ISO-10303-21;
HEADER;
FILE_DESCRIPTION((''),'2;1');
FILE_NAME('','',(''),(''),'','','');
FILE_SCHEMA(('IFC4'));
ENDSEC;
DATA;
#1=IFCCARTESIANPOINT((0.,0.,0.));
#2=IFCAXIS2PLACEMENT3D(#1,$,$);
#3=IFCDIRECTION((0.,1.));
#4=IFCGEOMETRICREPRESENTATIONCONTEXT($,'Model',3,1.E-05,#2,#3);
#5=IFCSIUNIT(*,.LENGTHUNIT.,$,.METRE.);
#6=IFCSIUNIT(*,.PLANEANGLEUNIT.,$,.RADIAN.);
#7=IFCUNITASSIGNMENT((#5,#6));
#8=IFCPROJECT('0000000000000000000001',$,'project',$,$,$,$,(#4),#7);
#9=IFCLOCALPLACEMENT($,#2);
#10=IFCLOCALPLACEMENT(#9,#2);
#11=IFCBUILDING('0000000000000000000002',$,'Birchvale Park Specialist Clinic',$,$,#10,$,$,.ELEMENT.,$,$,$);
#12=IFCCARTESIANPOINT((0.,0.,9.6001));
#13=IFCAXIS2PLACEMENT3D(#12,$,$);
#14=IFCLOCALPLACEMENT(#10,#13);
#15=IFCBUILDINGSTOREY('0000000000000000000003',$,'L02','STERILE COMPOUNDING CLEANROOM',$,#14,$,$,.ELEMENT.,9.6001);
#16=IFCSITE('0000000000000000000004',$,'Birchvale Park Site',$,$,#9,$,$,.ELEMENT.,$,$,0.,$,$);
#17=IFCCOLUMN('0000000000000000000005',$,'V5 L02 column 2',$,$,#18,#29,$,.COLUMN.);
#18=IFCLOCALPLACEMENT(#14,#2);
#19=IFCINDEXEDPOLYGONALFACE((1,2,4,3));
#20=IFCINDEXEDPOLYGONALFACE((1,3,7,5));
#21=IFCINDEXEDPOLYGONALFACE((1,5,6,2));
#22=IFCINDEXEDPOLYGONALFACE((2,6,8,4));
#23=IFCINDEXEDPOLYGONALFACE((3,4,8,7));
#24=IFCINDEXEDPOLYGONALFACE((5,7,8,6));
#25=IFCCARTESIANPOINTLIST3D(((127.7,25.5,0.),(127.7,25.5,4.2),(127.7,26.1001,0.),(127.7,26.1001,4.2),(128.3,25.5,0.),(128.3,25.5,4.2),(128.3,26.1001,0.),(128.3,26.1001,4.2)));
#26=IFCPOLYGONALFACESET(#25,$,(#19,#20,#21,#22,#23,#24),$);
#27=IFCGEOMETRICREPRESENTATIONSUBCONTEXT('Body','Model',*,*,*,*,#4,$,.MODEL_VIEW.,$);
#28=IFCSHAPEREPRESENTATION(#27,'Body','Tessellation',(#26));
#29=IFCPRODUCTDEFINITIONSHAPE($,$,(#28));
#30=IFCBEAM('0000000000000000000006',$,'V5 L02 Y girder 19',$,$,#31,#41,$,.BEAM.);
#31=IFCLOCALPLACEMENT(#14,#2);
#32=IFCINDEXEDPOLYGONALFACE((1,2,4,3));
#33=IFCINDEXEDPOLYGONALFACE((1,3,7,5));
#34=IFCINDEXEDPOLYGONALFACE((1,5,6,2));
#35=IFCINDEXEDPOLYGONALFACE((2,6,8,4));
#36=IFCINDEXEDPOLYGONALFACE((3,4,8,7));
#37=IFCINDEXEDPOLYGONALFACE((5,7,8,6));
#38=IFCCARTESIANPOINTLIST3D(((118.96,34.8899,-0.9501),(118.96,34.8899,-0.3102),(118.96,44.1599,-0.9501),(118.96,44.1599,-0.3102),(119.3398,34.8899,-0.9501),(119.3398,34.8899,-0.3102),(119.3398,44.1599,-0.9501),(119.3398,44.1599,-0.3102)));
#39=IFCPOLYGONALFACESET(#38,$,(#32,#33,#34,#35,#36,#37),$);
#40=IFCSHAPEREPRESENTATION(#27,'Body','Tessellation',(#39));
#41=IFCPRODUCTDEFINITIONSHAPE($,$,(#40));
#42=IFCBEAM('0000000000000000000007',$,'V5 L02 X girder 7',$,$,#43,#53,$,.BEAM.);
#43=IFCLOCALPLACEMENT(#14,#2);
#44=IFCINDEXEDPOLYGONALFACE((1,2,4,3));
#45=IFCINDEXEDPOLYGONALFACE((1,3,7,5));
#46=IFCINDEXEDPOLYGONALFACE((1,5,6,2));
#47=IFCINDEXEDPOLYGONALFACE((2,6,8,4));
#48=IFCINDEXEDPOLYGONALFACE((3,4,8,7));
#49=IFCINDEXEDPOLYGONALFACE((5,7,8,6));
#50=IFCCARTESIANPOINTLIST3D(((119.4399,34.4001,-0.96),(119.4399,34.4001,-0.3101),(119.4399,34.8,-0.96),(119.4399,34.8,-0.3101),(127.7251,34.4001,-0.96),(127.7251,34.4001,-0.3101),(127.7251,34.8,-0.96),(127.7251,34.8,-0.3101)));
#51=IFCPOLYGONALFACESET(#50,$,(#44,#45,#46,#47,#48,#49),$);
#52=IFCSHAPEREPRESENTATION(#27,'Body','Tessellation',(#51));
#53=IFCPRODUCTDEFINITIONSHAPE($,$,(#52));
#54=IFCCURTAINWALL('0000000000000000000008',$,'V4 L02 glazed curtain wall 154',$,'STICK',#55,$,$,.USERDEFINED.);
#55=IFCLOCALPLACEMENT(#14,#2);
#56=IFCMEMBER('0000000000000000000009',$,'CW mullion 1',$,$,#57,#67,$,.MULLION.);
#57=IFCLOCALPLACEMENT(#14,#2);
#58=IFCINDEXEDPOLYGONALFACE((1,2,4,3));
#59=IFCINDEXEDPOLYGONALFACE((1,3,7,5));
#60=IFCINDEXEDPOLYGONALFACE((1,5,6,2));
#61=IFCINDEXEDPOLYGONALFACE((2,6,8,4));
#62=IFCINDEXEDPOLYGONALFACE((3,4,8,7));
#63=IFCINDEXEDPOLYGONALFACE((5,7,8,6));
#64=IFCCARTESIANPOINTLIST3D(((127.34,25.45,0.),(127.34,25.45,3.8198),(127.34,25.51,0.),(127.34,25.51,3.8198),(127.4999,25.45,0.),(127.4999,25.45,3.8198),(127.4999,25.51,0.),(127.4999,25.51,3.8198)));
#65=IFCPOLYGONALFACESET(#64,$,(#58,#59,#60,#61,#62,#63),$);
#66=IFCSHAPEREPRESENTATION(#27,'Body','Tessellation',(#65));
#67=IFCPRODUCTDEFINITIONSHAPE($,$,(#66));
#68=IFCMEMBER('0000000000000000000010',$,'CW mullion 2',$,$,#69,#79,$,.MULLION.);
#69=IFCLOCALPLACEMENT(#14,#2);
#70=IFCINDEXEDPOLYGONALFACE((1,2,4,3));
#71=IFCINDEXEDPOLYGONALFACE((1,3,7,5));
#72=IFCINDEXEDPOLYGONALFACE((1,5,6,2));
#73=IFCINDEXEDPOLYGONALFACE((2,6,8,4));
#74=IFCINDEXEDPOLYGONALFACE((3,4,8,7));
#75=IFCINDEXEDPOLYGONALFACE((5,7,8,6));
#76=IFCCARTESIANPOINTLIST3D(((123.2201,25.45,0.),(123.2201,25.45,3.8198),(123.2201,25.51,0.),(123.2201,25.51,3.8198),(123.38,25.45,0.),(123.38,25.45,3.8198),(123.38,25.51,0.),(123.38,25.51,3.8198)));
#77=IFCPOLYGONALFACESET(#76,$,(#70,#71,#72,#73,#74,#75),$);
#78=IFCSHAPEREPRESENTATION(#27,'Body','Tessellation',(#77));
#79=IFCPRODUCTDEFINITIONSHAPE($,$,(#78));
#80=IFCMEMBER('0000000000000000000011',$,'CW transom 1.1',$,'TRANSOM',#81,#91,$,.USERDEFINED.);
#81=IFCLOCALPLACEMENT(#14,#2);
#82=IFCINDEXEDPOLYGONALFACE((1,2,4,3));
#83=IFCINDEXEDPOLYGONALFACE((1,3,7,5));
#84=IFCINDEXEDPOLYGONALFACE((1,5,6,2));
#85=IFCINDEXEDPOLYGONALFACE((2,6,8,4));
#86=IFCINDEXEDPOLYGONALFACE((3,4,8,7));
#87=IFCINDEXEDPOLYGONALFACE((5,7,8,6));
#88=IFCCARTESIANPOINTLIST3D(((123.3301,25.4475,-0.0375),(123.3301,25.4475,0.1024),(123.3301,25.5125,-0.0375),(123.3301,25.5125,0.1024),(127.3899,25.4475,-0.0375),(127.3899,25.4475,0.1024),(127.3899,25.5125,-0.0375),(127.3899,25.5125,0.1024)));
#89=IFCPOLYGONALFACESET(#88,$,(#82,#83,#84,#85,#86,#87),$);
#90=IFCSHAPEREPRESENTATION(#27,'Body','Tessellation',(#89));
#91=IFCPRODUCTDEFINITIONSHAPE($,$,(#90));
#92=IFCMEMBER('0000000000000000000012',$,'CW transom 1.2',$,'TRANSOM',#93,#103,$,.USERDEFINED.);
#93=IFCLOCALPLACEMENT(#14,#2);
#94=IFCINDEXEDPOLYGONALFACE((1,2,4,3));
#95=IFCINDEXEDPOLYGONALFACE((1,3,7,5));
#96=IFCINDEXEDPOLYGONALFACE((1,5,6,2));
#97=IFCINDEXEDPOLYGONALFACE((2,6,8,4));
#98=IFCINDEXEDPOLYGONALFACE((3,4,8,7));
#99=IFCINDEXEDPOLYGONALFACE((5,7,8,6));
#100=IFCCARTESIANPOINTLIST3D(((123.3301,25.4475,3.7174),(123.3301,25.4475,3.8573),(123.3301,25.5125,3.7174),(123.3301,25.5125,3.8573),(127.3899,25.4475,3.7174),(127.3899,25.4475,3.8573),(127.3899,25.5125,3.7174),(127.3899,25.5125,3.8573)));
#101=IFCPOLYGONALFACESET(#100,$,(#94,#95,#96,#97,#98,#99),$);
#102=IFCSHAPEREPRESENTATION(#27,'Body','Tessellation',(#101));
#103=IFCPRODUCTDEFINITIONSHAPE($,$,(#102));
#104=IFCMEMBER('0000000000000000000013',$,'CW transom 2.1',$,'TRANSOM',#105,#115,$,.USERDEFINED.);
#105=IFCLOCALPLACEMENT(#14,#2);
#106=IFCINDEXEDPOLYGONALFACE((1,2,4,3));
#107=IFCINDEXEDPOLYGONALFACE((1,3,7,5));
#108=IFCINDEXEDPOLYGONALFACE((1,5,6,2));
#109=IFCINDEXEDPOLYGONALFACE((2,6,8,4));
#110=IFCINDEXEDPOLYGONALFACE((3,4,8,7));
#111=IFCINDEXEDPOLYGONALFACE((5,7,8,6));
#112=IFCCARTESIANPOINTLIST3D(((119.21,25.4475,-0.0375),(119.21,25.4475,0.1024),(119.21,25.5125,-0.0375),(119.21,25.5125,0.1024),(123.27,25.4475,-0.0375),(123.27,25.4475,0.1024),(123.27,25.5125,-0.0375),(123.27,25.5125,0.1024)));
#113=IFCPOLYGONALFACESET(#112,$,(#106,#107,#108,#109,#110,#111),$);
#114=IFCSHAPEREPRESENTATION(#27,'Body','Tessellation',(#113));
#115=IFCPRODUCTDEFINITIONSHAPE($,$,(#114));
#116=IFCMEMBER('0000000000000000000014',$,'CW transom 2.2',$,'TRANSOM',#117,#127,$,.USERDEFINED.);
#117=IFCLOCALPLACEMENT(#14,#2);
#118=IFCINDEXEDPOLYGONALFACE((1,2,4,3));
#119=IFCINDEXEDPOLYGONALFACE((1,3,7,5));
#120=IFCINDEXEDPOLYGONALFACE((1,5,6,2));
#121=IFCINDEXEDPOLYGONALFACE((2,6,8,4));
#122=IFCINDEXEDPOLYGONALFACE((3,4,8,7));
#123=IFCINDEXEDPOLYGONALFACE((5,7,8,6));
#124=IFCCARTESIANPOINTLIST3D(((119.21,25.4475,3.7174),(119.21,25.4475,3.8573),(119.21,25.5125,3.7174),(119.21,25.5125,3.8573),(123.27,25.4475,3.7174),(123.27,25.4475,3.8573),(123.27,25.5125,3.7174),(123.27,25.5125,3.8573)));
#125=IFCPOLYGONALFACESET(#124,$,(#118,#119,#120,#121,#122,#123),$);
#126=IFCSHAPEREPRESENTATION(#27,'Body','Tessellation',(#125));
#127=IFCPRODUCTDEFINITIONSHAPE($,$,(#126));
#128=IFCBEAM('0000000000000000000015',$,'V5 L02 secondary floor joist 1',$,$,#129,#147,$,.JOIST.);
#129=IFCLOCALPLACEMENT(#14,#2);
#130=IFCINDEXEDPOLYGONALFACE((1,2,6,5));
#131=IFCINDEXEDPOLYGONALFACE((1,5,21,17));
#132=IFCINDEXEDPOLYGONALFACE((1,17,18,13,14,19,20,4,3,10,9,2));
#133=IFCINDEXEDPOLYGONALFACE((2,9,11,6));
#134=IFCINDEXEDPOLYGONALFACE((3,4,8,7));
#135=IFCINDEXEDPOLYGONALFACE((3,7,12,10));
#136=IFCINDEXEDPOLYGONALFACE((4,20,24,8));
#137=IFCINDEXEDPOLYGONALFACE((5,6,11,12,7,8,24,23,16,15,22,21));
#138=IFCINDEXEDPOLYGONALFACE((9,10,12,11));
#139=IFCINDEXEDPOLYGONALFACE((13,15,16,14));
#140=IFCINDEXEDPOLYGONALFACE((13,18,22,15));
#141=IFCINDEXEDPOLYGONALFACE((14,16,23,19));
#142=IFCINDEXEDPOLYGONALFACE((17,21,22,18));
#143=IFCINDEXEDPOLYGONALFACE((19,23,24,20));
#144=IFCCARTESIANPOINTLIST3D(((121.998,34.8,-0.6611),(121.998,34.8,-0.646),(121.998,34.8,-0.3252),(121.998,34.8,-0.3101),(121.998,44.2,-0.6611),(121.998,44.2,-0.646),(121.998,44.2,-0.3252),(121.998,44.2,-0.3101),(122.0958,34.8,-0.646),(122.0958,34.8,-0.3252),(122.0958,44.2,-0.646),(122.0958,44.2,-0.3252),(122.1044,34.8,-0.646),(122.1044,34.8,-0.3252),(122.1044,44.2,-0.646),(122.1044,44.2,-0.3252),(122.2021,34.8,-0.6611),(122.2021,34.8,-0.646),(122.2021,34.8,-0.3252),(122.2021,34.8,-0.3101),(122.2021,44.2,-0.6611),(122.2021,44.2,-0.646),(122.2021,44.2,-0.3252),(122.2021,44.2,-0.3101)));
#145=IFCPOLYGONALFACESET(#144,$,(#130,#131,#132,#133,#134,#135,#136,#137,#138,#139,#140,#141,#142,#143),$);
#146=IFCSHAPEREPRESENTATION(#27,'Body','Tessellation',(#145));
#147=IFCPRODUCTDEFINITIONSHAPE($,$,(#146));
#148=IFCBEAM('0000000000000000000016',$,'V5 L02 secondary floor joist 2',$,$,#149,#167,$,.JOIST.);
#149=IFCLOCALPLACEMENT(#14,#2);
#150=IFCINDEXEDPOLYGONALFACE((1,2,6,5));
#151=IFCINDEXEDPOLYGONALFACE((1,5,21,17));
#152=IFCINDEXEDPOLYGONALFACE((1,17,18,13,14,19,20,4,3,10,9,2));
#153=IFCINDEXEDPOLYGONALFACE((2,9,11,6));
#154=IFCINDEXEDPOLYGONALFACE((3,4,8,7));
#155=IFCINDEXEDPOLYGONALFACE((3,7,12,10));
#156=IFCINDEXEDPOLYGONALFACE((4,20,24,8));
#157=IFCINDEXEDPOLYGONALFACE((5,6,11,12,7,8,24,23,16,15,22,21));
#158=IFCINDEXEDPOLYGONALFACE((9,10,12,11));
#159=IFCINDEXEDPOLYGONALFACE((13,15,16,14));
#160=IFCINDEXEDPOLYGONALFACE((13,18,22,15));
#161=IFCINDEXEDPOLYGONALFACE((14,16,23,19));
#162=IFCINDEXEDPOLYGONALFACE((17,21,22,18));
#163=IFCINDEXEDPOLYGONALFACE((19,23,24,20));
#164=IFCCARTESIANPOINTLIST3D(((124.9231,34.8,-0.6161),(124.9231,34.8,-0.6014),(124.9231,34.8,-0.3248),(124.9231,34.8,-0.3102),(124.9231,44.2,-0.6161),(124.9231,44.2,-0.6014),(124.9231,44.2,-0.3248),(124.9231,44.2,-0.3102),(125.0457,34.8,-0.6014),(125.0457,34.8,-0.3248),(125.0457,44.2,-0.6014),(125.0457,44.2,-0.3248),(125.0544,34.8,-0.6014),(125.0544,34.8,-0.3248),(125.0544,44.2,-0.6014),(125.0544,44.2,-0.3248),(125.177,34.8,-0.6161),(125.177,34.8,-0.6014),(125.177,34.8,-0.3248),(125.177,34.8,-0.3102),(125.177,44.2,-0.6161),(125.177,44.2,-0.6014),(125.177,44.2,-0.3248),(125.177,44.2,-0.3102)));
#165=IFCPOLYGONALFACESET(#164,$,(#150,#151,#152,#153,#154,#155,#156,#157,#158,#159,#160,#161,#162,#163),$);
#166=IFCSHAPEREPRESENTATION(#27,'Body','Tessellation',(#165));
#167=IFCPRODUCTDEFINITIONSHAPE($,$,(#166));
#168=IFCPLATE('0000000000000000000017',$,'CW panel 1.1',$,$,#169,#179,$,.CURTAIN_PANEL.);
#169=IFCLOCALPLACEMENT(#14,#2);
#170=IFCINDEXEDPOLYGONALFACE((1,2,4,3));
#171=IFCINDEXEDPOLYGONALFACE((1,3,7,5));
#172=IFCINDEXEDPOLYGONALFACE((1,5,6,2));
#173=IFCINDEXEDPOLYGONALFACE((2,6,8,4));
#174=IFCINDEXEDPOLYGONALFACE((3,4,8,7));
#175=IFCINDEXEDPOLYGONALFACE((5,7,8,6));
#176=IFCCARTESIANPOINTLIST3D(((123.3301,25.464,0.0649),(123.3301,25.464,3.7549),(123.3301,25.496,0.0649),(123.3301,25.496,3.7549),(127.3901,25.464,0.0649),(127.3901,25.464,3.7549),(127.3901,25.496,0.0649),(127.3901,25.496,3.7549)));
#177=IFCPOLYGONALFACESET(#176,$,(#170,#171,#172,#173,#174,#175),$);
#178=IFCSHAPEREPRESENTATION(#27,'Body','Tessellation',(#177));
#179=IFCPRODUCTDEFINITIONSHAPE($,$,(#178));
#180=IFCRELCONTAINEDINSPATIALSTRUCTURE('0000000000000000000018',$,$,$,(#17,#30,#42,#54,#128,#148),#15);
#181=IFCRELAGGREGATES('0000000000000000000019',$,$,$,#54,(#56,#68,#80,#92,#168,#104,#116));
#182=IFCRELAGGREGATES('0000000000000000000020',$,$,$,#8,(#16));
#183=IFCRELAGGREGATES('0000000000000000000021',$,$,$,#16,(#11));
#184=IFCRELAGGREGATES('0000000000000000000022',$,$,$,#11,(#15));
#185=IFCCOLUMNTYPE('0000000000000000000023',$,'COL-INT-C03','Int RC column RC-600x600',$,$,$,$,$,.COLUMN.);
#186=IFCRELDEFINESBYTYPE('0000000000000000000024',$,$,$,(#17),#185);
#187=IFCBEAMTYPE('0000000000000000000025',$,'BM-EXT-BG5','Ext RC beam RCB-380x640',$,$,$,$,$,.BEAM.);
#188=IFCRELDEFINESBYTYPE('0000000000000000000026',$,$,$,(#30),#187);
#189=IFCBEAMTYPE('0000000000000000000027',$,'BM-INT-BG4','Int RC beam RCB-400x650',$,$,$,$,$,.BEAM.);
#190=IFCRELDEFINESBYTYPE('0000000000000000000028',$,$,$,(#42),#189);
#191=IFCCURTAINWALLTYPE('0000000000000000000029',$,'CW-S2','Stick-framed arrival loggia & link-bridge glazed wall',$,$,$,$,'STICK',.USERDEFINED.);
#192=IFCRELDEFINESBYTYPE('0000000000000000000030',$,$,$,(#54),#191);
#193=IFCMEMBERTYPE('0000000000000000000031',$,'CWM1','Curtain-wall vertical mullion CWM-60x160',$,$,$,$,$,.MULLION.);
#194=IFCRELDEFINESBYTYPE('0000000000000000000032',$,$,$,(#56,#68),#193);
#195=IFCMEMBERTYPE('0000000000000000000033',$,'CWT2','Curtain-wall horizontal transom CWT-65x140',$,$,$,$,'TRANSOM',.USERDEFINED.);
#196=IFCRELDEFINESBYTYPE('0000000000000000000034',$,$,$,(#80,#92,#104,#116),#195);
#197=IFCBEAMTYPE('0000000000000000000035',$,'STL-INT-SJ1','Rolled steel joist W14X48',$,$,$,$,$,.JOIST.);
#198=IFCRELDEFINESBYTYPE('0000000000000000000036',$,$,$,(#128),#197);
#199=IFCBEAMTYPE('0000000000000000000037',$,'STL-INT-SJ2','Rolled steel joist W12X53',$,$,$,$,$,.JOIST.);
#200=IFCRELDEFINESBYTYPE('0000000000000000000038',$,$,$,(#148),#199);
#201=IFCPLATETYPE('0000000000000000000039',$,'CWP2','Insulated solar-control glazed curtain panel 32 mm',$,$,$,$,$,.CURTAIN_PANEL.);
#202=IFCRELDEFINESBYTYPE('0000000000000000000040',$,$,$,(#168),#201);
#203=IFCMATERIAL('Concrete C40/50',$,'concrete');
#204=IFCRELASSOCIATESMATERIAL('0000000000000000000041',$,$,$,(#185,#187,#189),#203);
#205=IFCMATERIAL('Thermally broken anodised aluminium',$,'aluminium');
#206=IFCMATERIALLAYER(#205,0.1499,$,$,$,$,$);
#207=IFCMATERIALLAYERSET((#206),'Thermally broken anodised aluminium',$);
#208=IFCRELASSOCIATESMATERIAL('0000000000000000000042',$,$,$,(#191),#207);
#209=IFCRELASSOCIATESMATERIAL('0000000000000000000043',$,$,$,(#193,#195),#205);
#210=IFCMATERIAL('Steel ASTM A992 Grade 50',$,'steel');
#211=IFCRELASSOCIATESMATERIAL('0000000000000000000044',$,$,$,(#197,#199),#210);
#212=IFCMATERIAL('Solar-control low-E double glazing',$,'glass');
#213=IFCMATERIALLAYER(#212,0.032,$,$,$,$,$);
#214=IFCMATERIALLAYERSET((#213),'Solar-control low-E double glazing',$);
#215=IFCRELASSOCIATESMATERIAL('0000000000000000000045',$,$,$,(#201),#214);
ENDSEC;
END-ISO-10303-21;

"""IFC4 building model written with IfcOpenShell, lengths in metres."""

from ifc_helpers import new_model, si_unit, direction, frame, origin, origin_2d, place, context, subcontext, project, spatial, rectangle, i_section, extrude, material, layer, layer_set, material_profile, profile_set, type_object, element, aggregate, save


model = new_model("IFC4")

# Units and contexts
model_context = context("Model", 3, precision=1e-05, world=origin(), true_north=direction((0.0, 1.0)))
body_context = subcontext(model_context, "Body", "Model", "MODEL_VIEW")
ifc_project = project(units=[si_unit("LENGTHUNIT", "METRE"), si_unit("PLANEANGLEUNIT", "RADIAN")], contexts=[model_context])

# Site, building, storey
site_placement = place(None, origin())
site = spatial("IfcSite", under=ifc_project, at=site_placement, Name="Birchvale Park Site", CompositionType="ELEMENT", RefElevation=0.0)
building_placement = place(site_placement, origin())
building = spatial("IfcBuilding", under=site, at=building_placement, Name="Birchvale Park Specialist Clinic", CompositionType="ELEMENT")
storey_placement = place(building_placement, frame((0.0, 0.0, 9.6001)))
storey = spatial("IfcBuildingStorey", under=building, at=storey_placement, Name="L02", Description="STERILE COMPOUNDING CLEANROOM", CompositionType="ELEMENT", Elevation=9.6001)

# Column
ifc_material_1 = material(Name="Concrete C40/50", Category="concrete")
ifc_material_profile_1 = material_profile(ifc_material_1, rectangle(XDim=0.6001, YDim=0.6001, at=origin_2d()), Name="RC-600x600")
ifc_profile_set_1 = profile_set([ifc_material_profile_1], Name="Concrete C40/50")
column_type = type_object("IfcColumnType", Name="COL-INT-C03", Description="Int RC column RC-600x600", PredefinedType="COLUMN", material=ifc_profile_set_1)
column_placement = place(storey_placement, frame((128.0, 25.8, 0.0), z_axis=(0.0, 0.0, 1.0), x_axis=(1.0, 0.0, 0.0)))
element("IfcColumn", 1, at=column_placement, inside=storey, type_object=column_type, Name="V5 L02 column 2", PredefinedType="COLUMN", context=body_context, shape_type="SweptSolid", body=[
    extrude(rectangle(XDim=0.6001, YDim=0.6001, at=origin_2d()), origin(), (0.0, 0.0, 1.0), 4.2),
])

# Beams
ifc_material_profile_2 = material_profile(ifc_material_1, rectangle(XDim=0.3799, YDim=0.6399, at=origin_2d()), Name="RCB-380x640")
ifc_profile_set_2 = profile_set([ifc_material_profile_2], Name="Concrete C40/50")
beam_type_1 = type_object("IfcBeamType", Name="BM-EXT-BG5", Description="Ext RC beam RCB-380x640", PredefinedType="BEAM", material=ifc_profile_set_2)
beam_1_placement = place(storey_placement, frame((119.1499, 34.8899, -0.6301), z_axis=(0.0, 1.0, 0.0), x_axis=(-1.0, 0.0, 0.0)))
element("IfcBeam", 2, at=beam_1_placement, inside=storey, type_object=beam_type_1, Name="V5 L02 Y girder 19", PredefinedType="BEAM", context=body_context, shape_type="SweptSolid", body=[
    extrude(rectangle(XDim=0.3799, YDim=0.6399, at=origin_2d()), origin(), (0.0, 0.0, 1.0), 9.27),
])
ifc_material_profile_3 = material_profile(ifc_material_1, rectangle(XDim=0.3999, YDim=0.6499, at=origin_2d()), Name="RCB-400x650")
ifc_profile_set_3 = profile_set([ifc_material_profile_3], Name="Concrete C40/50")
beam_type_2 = type_object("IfcBeamType", Name="BM-INT-BG4", Description="Int RC beam RCB-400x650", PredefinedType="BEAM", material=ifc_profile_set_3)
beam_2_placement = place(storey_placement, frame((119.4399, 34.6001, -0.635), z_axis=(1.0, 0.0, 0.0), x_axis=(0.0, 1.0, 0.0)))
element("IfcBeam", 3, at=beam_2_placement, inside=storey, type_object=beam_type_2, Name="V5 L02 X girder 7", PredefinedType="BEAM", context=body_context, shape_type="SweptSolid", body=[
    extrude(rectangle(XDim=0.3999, YDim=0.6499, at=origin_2d()), origin(), (0.0, 0.0, 1.0), 8.2852),
])

# Curtain wall, members
ifc_material_2 = material(Name="Thermally broken anodised aluminium", Category="aluminium")
ifc_layer_1 = layer(ifc_material_2, 0.1499)
ifc_layer_set_1 = layer_set([ifc_layer_1], Name="Thermally broken anodised aluminium")
curtain_wall_type = type_object("IfcCurtainWallType", Name="CW-S2", Description="Stick-framed arrival loggia & link-bridge glazed wall", ElementType="STICK", PredefinedType="USERDEFINED", material=ifc_layer_set_1)
curtain_wall_placement = place(storey_placement, origin())
curtain_wall = element("IfcCurtainWall", 4, at=curtain_wall_placement, inside=storey, type_object=curtain_wall_type, Name="V4 L02 glazed curtain wall 154", ObjectType="STICK", PredefinedType="USERDEFINED")
ifc_material_profile_4 = material_profile(ifc_material_2, rectangle(XDim=0.0601, YDim=0.1599, at=origin_2d()), Name="CWM-60x160")
ifc_profile_set_4 = profile_set([ifc_material_profile_4], Name="Thermally broken anodised aluminium")
member_type_1 = type_object("IfcMemberType", Name="CWM1", Description="Curtain-wall vertical mullion CWM-60x160", PredefinedType="MULLION", material=ifc_profile_set_4)
member_1_placement = place(storey_placement, frame((127.4199, 25.48, 0.0), z_axis=(0.0, 0.0, 1.0), x_axis=(0.0, -1.0, 0.0)))
member_1 = element("IfcMember", 5, at=member_1_placement, type_object=member_type_1, Name="CW mullion 1", PredefinedType="MULLION", context=body_context, shape_type="SweptSolid", body=[
    extrude(rectangle(XDim=0.0601, YDim=0.1599, at=origin_2d()), origin(), (0.0, 0.0, 1.0), 3.8198),
])
member_2_placement = place(storey_placement, frame((123.3, 25.48, 0.0), z_axis=(0.0, 0.0, 1.0), x_axis=(0.0, -1.0, 0.0)))
member_2 = element("IfcMember", 6, at=member_2_placement, type_object=member_type_1, Name="CW mullion 2", PredefinedType="MULLION", context=body_context, shape_type="SweptSolid", body=[
    extrude(rectangle(XDim=0.0601, YDim=0.1599, at=origin_2d()), origin(), (0.0, 0.0, 1.0), 3.8198),
])
ifc_material_profile_5 = material_profile(ifc_material_2, rectangle(XDim=0.0649, YDim=0.1399, at=origin_2d()), Name="CWT-65x140")
ifc_profile_set_5 = profile_set([ifc_material_profile_5], Name="Thermally broken anodised aluminium")
member_type_2 = type_object("IfcMemberType", Name="CWT2", Description="Curtain-wall horizontal transom CWT-65x140", ElementType="TRANSOM", PredefinedType="USERDEFINED", material=ifc_profile_set_5)
member_3_placement = place(storey_placement, frame((127.3899, 25.48, 0.0325), z_axis=(-1.0, 0.0, 0.0), x_axis=(0.0, -1.0, 0.0)))
member_3 = element("IfcMember", 7, at=member_3_placement, type_object=member_type_2, Name="CW transom 1.1", ObjectType="TRANSOM", PredefinedType="USERDEFINED", context=body_context, shape_type="SweptSolid", body=[
    extrude(rectangle(XDim=0.0649, YDim=0.1399, at=origin_2d()), origin(), (0.0, 0.0, 1.0), 4.0598),
])
member_4_placement = place(storey_placement, frame((127.3899, 25.48, 3.7874), z_axis=(-1.0, 0.0, 0.0), x_axis=(0.0, -1.0, 0.0)))
member_4 = element("IfcMember", 8, at=member_4_placement, type_object=member_type_2, Name="CW transom 1.2", ObjectType="TRANSOM", PredefinedType="USERDEFINED", context=body_context, shape_type="SweptSolid", body=[
    extrude(rectangle(XDim=0.0649, YDim=0.1399, at=origin_2d()), origin(), (0.0, 0.0, 1.0), 4.0598),
])
member_5_placement = place(storey_placement, frame((123.27, 25.48, 0.0325), z_axis=(-1.0, 0.0, 0.0), x_axis=(0.0, -1.0, 0.0)))
member_5 = element("IfcMember", 9, at=member_5_placement, type_object=member_type_2, Name="CW transom 2.1", ObjectType="TRANSOM", PredefinedType="USERDEFINED", context=body_context, shape_type="SweptSolid", body=[
    extrude(rectangle(XDim=0.0649, YDim=0.1399, at=origin_2d()), origin(), (0.0, 0.0, 1.0), 4.0601),
])
member_6_placement = place(storey_placement, frame((123.27, 25.48, 3.7874), z_axis=(-1.0, 0.0, 0.0), x_axis=(0.0, -1.0, 0.0)))
member_6 = element("IfcMember", 10, at=member_6_placement, type_object=member_type_2, Name="CW transom 2.2", ObjectType="TRANSOM", PredefinedType="USERDEFINED", context=body_context, shape_type="SweptSolid", body=[
    extrude(rectangle(XDim=0.0649, YDim=0.1399, at=origin_2d()), origin(), (0.0, 0.0, 1.0), 4.0601),
])

# Beams
ifc_material_3 = material(Name="Steel ASTM A992 Grade 50", Category="steel")
ifc_material_profile_6 = material_profile(ifc_material_3, i_section(OverallWidth=0.2041, OverallDepth=0.3511, WebThickness=0.0085, FlangeThickness=0.0151, at=origin_2d()), Name="W14X48")
ifc_profile_set_6 = profile_set([ifc_material_profile_6], Name="Steel ASTM A992 Grade 50")
beam_type_3 = type_object("IfcBeamType", Name="STL-INT-SJ1", Description="Rolled steel joist W14X48", PredefinedType="JOIST", material=ifc_profile_set_6)
beam_3_placement = place(storey_placement, frame((122.1001, 34.8, -0.4856), z_axis=(0.0, 1.0, 0.0), x_axis=(-1.0, 0.0, 0.0)))
element("IfcBeam", 11, at=beam_3_placement, inside=storey, type_object=beam_type_3, Name="V5 L02 secondary floor joist 1", PredefinedType="JOIST", context=body_context, shape_type="SweptSolid", body=[
    extrude(i_section(OverallWidth=0.2041, OverallDepth=0.3511, WebThickness=0.0085, FlangeThickness=0.0151, at=origin_2d()), origin(), (0.0, 0.0, 1.0), 9.3999),
])
ifc_material_profile_7 = material_profile(ifc_material_3, i_section(OverallWidth=0.2539, OverallDepth=0.3059, WebThickness=0.0088, FlangeThickness=0.0146, at=origin_2d()), Name="W12X53")
ifc_profile_set_7 = profile_set([ifc_material_profile_7], Name="Steel ASTM A992 Grade 50")
beam_type_4 = type_object("IfcBeamType", Name="STL-INT-SJ2", Description="Rolled steel joist W12X53", PredefinedType="JOIST", material=ifc_profile_set_7)
beam_4_placement = place(storey_placement, frame((125.05, 34.8, -0.4631), z_axis=(0.0, 1.0, 0.0), x_axis=(-1.0, 0.0, 0.0)))
element("IfcBeam", 12, at=beam_4_placement, inside=storey, type_object=beam_type_4, Name="V5 L02 secondary floor joist 2", PredefinedType="JOIST", context=body_context, shape_type="SweptSolid", body=[
    extrude(i_section(OverallWidth=0.2539, OverallDepth=0.3059, WebThickness=0.0088, FlangeThickness=0.0146, at=origin_2d()), origin(), (0.0, 0.0, 1.0), 9.3999),
])

# Plate
ifc_material_4 = material(Name="Solar-control low-E double glazing", Category="glass")
ifc_layer_2 = layer(ifc_material_4, 0.032)
ifc_layer_set_2 = layer_set([ifc_layer_2], Name="Solar-control low-E double glazing")
plate_type = type_object("IfcPlateType", Name="CWP2", Description="Insulated solar-control glazed curtain panel 32 mm", PredefinedType="CURTAIN_PANEL", material=ifc_layer_set_2)
plate_placement = place(storey_placement, frame((125.3601, 25.48, 0.0649), z_axis=(0.0, 0.0, 1.0), x_axis=(-1.0, 0.0, 0.0)))
plate = element("IfcPlate", 13, at=plate_placement, type_object=plate_type, Name="CW panel 1.1", PredefinedType="CURTAIN_PANEL", context=body_context, shape_type="SweptSolid", body=[
    extrude(rectangle(XDim=4.0601, YDim=0.032, at=origin_2d()), origin(), (0.0, 0.0, 1.0), 3.6899),
])
aggregate(curtain_wall, [member_1, member_2, member_3, member_4, plate, member_5, member_6])

save(model, "model.ifc")
